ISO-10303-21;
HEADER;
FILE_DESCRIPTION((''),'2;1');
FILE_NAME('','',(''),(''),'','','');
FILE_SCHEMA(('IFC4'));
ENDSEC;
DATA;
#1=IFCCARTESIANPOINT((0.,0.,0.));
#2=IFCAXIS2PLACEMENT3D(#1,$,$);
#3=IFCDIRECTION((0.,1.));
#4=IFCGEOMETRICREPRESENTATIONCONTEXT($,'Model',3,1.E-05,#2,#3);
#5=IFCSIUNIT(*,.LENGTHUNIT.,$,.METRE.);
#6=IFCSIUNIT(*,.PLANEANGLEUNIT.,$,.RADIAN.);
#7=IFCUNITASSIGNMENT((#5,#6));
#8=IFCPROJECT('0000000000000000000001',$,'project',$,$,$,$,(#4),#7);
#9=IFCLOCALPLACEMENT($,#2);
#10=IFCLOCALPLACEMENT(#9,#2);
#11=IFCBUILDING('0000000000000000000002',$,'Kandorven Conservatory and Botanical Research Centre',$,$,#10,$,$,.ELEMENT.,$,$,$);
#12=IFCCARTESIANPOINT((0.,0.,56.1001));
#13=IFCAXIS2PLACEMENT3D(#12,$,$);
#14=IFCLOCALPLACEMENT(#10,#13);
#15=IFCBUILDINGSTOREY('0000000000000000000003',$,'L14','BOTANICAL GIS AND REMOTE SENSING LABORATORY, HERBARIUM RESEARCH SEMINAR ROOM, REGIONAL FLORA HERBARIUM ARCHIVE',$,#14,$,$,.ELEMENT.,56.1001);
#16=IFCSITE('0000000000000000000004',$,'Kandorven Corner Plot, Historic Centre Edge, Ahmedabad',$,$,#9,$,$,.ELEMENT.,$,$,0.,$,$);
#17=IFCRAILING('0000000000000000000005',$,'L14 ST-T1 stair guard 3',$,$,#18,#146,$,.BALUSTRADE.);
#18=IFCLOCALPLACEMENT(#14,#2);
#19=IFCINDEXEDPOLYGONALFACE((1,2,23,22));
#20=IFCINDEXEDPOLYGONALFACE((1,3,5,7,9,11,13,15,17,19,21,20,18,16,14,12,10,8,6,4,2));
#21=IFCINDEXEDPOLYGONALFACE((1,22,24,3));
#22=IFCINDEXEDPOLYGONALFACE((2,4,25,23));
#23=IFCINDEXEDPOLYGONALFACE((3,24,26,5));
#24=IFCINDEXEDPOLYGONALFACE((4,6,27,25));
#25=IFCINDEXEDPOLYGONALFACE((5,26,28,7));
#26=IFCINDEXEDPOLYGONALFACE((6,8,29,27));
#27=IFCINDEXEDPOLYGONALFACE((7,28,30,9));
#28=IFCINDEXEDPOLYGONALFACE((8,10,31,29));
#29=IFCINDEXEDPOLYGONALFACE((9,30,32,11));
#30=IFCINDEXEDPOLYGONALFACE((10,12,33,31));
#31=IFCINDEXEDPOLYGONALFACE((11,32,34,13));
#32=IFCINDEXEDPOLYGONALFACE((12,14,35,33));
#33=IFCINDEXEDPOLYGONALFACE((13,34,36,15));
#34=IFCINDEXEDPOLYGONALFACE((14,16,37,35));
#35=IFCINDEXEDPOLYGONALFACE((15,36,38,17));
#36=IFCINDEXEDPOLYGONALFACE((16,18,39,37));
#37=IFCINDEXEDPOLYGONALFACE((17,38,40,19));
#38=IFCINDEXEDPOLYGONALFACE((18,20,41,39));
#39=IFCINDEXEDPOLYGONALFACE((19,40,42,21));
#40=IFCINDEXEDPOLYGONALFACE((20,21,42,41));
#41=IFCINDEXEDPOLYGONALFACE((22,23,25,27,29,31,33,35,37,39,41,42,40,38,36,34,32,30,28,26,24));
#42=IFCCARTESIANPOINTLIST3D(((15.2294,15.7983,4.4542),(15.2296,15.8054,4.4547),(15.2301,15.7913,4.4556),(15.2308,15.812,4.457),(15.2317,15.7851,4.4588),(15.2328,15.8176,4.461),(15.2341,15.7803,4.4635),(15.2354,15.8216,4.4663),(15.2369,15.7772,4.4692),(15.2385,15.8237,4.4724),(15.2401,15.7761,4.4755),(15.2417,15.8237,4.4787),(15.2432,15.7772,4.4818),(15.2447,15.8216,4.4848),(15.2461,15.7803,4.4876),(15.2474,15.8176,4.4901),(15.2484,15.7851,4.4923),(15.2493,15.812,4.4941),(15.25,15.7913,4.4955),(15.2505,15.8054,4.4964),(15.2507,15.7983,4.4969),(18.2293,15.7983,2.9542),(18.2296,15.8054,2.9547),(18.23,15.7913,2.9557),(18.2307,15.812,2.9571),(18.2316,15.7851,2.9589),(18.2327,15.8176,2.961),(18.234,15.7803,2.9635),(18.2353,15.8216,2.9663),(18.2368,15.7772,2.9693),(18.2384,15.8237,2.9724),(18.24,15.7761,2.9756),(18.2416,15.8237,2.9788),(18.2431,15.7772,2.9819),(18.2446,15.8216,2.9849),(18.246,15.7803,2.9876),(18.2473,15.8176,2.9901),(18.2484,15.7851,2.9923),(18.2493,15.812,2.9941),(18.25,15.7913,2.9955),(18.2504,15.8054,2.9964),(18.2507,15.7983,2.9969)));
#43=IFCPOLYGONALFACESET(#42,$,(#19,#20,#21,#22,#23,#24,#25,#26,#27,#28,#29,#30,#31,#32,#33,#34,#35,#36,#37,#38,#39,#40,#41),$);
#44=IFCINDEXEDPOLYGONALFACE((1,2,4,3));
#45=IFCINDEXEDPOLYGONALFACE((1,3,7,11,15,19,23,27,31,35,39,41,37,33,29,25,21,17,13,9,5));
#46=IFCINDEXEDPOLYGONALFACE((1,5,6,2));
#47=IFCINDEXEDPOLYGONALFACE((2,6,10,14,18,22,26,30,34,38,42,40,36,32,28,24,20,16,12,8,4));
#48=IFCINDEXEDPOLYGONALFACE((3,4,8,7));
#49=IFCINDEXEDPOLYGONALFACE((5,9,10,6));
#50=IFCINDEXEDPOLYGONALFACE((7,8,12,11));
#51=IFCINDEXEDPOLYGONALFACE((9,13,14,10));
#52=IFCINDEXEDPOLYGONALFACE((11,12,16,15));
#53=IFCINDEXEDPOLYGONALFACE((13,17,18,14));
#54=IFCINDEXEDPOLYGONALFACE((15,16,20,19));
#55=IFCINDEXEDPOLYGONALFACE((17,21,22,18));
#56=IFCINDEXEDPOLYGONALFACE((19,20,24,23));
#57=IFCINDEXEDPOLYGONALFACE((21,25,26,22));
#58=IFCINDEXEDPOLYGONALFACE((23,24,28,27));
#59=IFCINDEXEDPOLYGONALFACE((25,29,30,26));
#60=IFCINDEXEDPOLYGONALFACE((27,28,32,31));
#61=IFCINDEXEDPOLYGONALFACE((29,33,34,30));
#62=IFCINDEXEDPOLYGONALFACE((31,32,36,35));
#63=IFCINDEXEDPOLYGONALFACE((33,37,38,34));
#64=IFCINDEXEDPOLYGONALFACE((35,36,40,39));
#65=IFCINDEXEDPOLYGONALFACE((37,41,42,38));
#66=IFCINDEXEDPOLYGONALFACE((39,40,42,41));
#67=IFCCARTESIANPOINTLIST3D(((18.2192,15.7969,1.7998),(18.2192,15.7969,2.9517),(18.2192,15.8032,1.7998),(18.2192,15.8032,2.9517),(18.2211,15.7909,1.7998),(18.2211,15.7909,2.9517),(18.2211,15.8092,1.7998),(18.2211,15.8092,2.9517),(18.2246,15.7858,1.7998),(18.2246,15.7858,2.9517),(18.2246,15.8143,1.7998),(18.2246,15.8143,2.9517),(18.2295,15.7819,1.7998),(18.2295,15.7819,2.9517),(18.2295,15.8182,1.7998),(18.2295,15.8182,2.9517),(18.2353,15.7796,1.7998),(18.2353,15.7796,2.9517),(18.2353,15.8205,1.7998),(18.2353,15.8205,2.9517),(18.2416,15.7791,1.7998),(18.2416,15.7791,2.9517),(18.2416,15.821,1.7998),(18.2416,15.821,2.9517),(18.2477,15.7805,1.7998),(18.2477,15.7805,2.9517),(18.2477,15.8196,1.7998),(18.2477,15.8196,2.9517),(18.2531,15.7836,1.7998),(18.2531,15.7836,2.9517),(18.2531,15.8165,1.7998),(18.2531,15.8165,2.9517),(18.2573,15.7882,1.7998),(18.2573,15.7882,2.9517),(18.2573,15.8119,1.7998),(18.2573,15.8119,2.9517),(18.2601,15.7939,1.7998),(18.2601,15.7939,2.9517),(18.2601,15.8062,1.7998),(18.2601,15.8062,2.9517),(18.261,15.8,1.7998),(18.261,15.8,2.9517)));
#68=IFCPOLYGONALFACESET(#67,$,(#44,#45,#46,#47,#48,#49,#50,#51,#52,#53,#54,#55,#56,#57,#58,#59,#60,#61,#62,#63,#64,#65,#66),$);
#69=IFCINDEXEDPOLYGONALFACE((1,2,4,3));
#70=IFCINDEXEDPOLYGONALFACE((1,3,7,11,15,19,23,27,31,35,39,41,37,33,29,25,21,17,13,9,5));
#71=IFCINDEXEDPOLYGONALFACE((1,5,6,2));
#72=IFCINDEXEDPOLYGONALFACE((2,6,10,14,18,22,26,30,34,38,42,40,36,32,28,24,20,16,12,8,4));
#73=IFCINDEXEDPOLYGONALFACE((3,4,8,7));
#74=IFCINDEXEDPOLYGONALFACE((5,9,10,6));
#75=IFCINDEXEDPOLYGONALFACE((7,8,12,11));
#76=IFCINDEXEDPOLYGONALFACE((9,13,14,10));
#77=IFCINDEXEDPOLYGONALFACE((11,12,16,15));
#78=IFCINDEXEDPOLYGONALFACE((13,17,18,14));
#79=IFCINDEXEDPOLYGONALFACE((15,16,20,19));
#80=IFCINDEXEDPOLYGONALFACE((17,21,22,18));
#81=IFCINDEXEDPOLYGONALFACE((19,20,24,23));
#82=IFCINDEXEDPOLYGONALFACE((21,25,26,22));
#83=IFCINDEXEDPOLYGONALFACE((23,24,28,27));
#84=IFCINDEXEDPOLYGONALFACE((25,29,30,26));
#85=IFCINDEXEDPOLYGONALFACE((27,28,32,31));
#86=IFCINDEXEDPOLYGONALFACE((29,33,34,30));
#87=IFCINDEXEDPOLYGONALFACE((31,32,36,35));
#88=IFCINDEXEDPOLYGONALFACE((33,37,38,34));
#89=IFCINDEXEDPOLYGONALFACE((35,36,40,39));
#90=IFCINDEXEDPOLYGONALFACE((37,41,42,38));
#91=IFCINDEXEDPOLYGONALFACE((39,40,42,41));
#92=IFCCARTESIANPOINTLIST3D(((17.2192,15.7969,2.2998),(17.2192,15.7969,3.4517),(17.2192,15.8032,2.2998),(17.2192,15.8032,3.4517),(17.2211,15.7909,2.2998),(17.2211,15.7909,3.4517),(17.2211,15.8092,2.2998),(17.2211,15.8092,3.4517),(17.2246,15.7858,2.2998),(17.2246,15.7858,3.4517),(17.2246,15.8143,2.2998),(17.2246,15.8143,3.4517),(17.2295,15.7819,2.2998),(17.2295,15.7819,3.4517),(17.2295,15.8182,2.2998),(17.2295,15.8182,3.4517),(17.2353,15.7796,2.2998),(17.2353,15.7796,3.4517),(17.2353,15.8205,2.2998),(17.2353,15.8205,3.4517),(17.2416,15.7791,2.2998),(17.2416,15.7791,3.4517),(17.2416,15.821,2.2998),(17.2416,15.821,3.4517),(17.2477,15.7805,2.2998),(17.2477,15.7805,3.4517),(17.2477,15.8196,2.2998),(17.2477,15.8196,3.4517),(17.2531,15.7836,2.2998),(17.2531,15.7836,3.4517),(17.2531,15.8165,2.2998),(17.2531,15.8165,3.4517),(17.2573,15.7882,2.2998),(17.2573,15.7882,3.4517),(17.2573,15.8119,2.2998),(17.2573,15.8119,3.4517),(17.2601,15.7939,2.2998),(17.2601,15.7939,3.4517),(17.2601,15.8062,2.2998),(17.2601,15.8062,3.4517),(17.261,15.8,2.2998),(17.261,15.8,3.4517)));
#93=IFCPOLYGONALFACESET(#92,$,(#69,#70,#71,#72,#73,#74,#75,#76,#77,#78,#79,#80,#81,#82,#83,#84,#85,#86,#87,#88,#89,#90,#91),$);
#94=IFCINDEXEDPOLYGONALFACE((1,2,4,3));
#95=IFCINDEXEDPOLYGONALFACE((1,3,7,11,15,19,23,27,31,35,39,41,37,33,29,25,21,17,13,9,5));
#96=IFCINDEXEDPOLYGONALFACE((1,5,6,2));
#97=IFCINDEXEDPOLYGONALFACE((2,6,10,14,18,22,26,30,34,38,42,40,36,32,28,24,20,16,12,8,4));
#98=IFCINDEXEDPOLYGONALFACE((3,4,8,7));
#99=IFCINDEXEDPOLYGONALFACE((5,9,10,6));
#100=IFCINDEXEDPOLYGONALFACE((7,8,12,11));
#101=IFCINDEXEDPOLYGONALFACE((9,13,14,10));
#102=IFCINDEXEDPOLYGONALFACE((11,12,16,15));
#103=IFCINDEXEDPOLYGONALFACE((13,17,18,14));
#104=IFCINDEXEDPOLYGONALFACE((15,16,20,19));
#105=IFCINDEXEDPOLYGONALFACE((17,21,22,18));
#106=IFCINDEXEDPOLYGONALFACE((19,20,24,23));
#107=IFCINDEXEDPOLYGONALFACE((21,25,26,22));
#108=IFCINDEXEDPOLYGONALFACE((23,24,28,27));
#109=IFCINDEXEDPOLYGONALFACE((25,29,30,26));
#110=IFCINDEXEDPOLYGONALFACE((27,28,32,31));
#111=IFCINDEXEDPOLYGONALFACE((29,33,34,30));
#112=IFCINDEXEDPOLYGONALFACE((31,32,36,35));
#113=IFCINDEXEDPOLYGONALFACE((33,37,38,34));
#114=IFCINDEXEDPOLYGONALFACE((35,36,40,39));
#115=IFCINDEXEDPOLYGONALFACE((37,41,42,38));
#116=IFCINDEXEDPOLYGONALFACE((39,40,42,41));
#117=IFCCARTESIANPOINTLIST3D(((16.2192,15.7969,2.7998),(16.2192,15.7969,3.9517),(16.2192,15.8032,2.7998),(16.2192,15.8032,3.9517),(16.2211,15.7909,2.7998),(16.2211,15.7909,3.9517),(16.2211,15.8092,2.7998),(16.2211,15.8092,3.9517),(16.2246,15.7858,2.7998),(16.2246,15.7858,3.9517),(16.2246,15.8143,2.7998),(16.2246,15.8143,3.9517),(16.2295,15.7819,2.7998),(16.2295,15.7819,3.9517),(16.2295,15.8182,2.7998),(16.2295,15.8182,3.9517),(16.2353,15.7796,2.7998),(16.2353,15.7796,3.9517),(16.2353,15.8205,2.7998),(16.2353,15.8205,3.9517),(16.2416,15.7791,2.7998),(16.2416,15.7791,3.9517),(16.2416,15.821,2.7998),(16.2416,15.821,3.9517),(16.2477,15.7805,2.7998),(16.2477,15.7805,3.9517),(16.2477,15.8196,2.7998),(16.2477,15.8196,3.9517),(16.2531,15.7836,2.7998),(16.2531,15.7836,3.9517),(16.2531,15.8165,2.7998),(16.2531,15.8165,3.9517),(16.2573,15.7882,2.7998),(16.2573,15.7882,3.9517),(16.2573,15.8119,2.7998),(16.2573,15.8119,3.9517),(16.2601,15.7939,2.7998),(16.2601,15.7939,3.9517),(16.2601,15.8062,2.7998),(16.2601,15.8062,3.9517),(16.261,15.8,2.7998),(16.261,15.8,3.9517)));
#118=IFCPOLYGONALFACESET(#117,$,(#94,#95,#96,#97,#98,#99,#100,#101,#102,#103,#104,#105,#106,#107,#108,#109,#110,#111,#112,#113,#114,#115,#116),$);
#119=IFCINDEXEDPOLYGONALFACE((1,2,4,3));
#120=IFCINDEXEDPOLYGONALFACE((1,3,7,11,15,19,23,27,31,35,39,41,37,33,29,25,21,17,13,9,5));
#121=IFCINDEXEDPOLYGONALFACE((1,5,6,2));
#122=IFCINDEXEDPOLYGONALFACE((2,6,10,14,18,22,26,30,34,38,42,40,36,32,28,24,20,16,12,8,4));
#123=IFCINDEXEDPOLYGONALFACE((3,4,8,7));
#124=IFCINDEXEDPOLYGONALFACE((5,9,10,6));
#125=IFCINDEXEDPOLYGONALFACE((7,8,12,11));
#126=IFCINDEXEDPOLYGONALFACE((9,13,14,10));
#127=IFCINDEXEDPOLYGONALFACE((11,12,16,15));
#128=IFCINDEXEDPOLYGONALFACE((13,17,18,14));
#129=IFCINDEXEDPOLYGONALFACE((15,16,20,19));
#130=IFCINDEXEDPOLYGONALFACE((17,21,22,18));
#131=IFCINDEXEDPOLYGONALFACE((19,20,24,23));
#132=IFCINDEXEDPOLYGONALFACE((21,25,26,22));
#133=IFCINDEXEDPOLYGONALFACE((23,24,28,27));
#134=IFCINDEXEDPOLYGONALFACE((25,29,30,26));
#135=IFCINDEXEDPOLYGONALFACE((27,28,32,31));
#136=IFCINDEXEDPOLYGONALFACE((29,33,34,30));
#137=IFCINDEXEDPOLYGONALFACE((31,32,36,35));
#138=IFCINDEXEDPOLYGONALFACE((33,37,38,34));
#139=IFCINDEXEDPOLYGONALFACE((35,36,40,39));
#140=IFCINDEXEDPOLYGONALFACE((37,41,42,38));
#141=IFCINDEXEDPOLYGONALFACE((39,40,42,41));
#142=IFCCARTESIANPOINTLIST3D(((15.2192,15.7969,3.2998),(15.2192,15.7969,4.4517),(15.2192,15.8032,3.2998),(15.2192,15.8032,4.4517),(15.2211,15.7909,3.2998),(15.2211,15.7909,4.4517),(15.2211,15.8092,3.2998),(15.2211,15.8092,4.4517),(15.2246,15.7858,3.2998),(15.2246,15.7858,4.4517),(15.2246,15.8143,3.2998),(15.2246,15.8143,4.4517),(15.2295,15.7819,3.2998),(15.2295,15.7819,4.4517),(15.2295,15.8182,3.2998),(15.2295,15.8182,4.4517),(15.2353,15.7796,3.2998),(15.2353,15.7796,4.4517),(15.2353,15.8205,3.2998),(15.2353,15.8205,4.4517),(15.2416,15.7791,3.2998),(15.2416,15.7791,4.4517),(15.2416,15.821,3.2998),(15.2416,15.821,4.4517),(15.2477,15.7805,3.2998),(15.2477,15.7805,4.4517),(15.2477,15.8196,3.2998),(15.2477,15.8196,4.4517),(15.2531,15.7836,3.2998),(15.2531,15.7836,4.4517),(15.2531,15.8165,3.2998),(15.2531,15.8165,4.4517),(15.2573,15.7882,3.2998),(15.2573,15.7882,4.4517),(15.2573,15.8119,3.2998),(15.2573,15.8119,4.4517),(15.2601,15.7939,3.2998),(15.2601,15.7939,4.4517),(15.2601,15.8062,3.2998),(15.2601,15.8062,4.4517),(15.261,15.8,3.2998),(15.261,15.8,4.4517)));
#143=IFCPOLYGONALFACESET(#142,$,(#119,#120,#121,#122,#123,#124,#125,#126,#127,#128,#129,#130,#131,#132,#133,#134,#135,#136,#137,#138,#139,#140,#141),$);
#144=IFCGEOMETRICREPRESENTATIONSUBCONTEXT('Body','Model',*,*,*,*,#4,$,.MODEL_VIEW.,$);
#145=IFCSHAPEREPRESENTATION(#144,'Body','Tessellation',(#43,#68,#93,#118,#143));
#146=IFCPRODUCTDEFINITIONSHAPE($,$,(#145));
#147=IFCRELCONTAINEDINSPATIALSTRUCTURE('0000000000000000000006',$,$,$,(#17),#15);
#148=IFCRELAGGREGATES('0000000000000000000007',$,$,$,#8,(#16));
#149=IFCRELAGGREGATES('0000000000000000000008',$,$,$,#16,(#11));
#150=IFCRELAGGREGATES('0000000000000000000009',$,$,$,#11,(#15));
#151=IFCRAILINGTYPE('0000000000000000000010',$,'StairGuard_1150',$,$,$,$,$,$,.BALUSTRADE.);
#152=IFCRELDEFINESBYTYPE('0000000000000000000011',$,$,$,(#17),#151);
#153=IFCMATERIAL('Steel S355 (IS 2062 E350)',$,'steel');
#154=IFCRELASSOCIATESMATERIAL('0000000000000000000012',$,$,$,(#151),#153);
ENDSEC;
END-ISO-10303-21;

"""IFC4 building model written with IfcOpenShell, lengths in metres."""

from ifc_helpers import new_model, si_unit, direction, frame, origin, origin_2d, place, context, subcontext, project, spatial, circle, extrude, material, type_object, element, save


model = new_model("IFC4")

# Units and contexts
model_context = context("Model", 3, precision=1e-05, world=origin(), true_north=direction((0.0, 1.0)))
body_context = subcontext(model_context, "Body", "Model", "MODEL_VIEW")
ifc_project = project(units=[si_unit("LENGTHUNIT", "METRE"), si_unit("PLANEANGLEUNIT", "RADIAN")], contexts=[model_context])

# Site, building, storey
site_placement = place(None, origin())
site = spatial("IfcSite", under=ifc_project, at=site_placement, Name="Kandorven Corner Plot, Historic Centre Edge, Ahmedabad", CompositionType="ELEMENT", RefElevation=0.0)
building_placement = place(site_placement, origin())
building = spatial("IfcBuilding", under=site, at=building_placement, Name="Kandorven Conservatory and Botanical Research Centre", CompositionType="ELEMENT")
storey_placement = place(building_placement, frame((0.0, 0.0, 56.1001)))
storey = spatial("IfcBuildingStorey", under=building, at=storey_placement, Name="L14", Description="BOTANICAL GIS AND REMOTE SENSING LABORATORY, HERBARIUM RESEARCH SEMINAR ROOM, REGIONAL FLORA HERBARIUM ARCHIVE", CompositionType="ELEMENT", Elevation=56.1001)

# Railing
ifc_material_1 = material(Name="Steel S355 (IS 2062 E350)", Category="steel")
railing_type_1 = type_object("IfcRailingType", Name="StairGuard_1150", PredefinedType="BALUSTRADE", material=ifc_material_1)
railing_1_placement = place(storey_placement, frame((18.24, 15.8, 1.7998)))
element("IfcRailing", 1, at=railing_1_placement, inside=storey, type_object=railing_type_1, Name="L14 ST-T1 stair guard 3", PredefinedType="BALUSTRADE", context=body_context, shape_type="SweptSolid", body=[
    extrude(circle(Radius=0.0239, at=origin_2d()), frame((0.0, 0.0, 1.1758), z_axis=(-0.894427, 0.0, 0.447214), x_axis=(0.0, -1.0, 0.0)), (0.0, 0.0, 1.0), 3.354),
    extrude(circle(Radius=0.021, at=origin_2d()), origin(), (0.0, 0.0, 1.0), 1.1519),
    extrude(circle(Radius=0.021, at=origin_2d()), frame((-1.0, 0.0, 0.5)), (0.0, 0.0, 1.0), 1.1519),
    extrude(circle(Radius=0.021, at=origin_2d()), frame((-2.0, 0.0, 1.0)), (0.0, 0.0, 1.0), 1.1519),
    extrude(circle(Radius=0.021, at=origin_2d()), frame((-3.0, 0.0, 1.5)), (0.0, 0.0, 1.0), 1.1519),
])

save(model, "model.ifc")
